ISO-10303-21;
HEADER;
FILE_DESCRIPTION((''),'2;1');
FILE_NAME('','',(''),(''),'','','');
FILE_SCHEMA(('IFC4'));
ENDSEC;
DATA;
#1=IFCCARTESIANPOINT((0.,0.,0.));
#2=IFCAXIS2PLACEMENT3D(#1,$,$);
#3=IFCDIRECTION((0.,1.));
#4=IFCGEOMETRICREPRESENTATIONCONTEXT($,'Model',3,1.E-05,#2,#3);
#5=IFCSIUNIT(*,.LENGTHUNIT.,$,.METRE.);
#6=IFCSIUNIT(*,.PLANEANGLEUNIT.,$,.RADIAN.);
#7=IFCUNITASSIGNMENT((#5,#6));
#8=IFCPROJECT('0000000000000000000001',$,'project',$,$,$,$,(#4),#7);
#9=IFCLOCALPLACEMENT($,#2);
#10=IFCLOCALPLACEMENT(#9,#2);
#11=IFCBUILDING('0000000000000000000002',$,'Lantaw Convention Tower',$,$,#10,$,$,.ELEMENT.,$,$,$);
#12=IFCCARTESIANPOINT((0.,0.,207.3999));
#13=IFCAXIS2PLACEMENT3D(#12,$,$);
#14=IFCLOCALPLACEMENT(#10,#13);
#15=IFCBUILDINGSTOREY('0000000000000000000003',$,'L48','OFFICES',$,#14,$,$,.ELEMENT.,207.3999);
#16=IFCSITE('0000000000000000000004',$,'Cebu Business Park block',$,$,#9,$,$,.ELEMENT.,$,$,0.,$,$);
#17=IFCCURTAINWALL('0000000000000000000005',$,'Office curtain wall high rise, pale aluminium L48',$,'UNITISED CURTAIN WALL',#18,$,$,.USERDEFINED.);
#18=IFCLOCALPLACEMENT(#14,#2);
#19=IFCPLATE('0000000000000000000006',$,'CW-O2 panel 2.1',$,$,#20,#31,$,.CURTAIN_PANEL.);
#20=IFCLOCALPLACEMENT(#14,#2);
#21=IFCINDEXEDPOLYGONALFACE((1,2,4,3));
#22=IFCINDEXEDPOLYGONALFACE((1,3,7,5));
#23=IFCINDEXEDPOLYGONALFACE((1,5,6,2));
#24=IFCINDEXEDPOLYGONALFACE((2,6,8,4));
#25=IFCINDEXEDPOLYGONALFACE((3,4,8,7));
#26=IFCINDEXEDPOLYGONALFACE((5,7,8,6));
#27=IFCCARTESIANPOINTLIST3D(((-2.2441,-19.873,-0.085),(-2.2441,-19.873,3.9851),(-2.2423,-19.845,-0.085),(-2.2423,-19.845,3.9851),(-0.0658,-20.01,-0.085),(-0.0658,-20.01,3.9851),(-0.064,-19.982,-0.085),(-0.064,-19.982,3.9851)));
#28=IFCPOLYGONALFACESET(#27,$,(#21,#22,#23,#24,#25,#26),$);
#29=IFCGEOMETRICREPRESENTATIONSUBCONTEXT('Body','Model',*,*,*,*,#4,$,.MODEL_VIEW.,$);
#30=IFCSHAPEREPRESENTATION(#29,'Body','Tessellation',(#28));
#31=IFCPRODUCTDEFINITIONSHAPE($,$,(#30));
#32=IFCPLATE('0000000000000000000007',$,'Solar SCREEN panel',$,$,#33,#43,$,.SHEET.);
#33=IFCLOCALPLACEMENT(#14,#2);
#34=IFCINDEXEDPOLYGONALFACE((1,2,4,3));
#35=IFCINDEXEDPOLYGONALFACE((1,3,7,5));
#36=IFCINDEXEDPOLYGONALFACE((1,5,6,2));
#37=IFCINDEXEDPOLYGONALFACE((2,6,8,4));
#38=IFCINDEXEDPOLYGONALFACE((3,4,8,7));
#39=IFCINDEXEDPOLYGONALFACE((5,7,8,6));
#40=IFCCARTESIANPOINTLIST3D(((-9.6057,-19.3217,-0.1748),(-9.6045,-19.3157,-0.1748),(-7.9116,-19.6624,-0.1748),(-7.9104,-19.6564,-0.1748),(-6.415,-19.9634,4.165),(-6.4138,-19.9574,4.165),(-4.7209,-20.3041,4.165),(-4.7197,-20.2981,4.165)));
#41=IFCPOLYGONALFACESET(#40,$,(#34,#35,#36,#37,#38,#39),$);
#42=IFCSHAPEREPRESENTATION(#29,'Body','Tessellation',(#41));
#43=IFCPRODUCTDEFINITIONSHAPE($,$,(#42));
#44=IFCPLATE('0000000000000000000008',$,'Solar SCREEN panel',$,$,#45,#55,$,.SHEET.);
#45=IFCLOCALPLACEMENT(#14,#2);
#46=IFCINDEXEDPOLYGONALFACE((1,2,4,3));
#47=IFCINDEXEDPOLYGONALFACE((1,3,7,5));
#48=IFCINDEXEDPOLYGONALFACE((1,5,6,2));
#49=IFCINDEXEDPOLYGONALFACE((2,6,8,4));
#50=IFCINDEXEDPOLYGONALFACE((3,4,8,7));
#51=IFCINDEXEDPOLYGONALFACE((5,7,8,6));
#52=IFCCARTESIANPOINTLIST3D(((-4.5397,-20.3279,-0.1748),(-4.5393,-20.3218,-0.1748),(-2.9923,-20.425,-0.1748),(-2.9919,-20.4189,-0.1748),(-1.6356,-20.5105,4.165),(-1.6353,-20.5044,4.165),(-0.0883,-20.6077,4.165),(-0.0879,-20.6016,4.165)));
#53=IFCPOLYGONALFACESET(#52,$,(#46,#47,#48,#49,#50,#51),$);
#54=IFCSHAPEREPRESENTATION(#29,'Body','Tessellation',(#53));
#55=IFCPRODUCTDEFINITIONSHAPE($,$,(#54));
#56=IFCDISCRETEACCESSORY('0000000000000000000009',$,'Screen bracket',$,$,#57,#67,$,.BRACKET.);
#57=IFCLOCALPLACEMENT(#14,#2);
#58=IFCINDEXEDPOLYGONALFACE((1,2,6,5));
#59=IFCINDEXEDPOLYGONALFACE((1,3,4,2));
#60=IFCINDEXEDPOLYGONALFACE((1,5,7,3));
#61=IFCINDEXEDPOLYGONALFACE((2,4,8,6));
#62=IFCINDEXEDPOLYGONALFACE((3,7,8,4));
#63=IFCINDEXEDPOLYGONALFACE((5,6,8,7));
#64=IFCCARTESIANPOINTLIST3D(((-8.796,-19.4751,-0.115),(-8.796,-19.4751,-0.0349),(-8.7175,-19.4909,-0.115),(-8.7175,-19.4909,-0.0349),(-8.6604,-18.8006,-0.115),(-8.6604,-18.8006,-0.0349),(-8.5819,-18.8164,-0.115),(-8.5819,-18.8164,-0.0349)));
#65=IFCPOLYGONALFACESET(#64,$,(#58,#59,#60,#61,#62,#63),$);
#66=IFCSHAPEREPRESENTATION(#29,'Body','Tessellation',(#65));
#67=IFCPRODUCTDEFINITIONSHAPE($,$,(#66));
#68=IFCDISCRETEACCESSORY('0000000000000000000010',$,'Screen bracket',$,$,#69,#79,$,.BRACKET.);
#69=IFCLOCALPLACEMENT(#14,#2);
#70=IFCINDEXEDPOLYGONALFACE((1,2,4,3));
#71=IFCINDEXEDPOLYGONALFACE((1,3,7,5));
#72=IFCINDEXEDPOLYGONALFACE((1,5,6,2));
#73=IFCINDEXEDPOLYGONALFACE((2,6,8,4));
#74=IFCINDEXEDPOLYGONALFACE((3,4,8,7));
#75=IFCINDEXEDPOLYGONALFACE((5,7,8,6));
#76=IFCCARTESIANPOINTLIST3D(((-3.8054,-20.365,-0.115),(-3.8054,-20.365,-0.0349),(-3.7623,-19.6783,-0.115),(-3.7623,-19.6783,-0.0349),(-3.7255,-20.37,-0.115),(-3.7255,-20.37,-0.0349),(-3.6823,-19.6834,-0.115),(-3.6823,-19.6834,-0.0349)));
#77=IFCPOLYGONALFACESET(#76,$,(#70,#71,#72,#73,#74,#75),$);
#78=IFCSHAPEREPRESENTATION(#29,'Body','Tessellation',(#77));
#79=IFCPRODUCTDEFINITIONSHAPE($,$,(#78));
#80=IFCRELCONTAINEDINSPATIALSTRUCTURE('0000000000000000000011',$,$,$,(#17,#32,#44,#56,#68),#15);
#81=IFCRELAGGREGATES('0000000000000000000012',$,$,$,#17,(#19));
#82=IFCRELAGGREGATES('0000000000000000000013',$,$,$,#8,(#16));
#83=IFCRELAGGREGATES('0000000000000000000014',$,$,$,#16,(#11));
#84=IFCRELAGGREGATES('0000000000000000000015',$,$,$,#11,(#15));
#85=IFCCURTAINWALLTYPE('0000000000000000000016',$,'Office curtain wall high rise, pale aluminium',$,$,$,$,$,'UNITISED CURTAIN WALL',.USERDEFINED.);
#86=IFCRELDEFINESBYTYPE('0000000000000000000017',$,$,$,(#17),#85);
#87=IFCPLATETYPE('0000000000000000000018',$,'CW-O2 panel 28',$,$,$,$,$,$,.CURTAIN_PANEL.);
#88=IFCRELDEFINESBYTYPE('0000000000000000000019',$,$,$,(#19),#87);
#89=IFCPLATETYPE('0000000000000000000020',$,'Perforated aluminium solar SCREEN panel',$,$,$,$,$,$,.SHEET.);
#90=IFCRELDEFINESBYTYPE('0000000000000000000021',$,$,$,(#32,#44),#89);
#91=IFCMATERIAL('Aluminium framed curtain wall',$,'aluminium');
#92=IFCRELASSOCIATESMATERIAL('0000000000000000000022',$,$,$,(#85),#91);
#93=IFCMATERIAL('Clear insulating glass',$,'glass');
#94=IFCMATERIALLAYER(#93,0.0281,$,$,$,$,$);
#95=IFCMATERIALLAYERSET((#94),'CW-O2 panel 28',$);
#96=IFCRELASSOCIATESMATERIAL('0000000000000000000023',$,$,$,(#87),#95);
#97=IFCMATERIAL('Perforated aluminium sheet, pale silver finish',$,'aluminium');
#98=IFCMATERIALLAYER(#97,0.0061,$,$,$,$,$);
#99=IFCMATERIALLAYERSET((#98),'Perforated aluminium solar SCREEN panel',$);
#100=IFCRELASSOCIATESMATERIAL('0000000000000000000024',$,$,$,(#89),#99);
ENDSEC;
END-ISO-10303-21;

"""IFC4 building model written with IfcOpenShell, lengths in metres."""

from ifc_helpers import new_model, si_unit, direction, frame, origin, origin_2d, place, context, subcontext, project, spatial, polyline, rectangle, outline, extrude, material, layer, layer_set, type_object, element, aggregate, save


model = new_model("IFC4")

# Units and contexts
model_context = context("Model", 3, precision=1e-05, world=origin(), true_north=direction((0.0, 1.0)))
body_context = subcontext(model_context, "Body", "Model", "MODEL_VIEW")
ifc_project = project(units=[si_unit("LENGTHUNIT", "METRE"), si_unit("PLANEANGLEUNIT", "RADIAN")], contexts=[model_context])

# Site, building, storey
site_placement = place(None, origin())
site = spatial("IfcSite", under=ifc_project, at=site_placement, Name="Cebu Business Park block", CompositionType="ELEMENT", RefElevation=0.0)
building_placement = place(site_placement, origin())
building = spatial("IfcBuilding", under=site, at=building_placement, Name="Lantaw Convention Tower", CompositionType="ELEMENT")
storey_placement = place(building_placement, frame((0.0, 0.0, 207.3999)))
storey = spatial("IfcBuildingStorey", under=building, at=storey_placement, Name="L48", Description="OFFICES", CompositionType="ELEMENT", Elevation=207.3999)

# Shared definitions
ifc_material_1 = material(Name="Aluminium framed curtain wall", Category="aluminium")
curtain_wall_type = type_object("IfcCurtainWallType", Name="Office curtain wall high rise, pale aluminium", ElementType="UNITISED CURTAIN WALL", PredefinedType="USERDEFINED", material=ifc_material_1)

# Curtain wall
curtain_wall_1_placement = place(storey_placement, origin())
curtain_wall_1 = element("IfcCurtainWall", 1, at=curtain_wall_1_placement, inside=storey, type_object=curtain_wall_type, Name="Office curtain wall high rise, pale aluminium L48", ObjectType="UNITISED CURTAIN WALL", PredefinedType="USERDEFINED")

# Plate
ifc_material_2 = material(Name="Clear insulating glass", Category="glass")
ifc_layer_1 = layer(ifc_material_2, 0.0281)
ifc_layer_set_1 = layer_set([ifc_layer_1], Name="CW-O2 panel 28")
plate_type_1 = type_object("IfcPlateType", Name="CW-O2 panel 28", PredefinedType="CURTAIN_PANEL", material=ifc_layer_set_1)
plate_1_placement = place(storey_placement, frame((-1.1541, -19.9275, -0.085), z_axis=(0.0, 0.0, 1.0), x_axis=(0.998029, -0.062758, 0.0)))
plate_1 = element("IfcPlate", 2, at=plate_1_placement, type_object=plate_type_1, Name="CW-O2 panel 2.1", PredefinedType="CURTAIN_PANEL", context=body_context, shape_type="SweptSolid", body=[
    extrude(rectangle(XDim=2.1826, YDim=0.0281, at=origin_2d()), origin(), (0.0, 0.0, 1.0), 4.0701),
])
aggregate(curtain_wall_1, [plate_1])

# Plates
ifc_material_3 = material(Name="Perforated aluminium sheet, pale silver finish", Category="aluminium")
ifc_layer_2 = layer(ifc_material_3, 0.0061)
ifc_layer_set_2 = layer_set([ifc_layer_2], Name="Perforated aluminium solar SCREEN panel")
plate_type_2 = type_object("IfcPlateType", Name="Perforated aluminium solar SCREEN panel", PredefinedType="SHEET", material=ifc_layer_set_2)
plate_2_placement = place(storey_placement, frame((-9.6045, -19.3157, -0.1748), z_axis=(0.197162, 0.980371, 0.000011), x_axis=(0.980371, -0.197162, 0.0)))
element("IfcPlate", 3, at=plate_2_placement, inside=storey, type_object=plate_type_2, Name="Solar SCREEN panel", PredefinedType="SHEET", context=body_context, shape_type="SweptSolid", body=[
    extrude(outline(polyline([(0.0, 0.0), (1.728, 0.0), (4.9826, -4.3398), (3.2545, -4.3398), (0.0, 0.0)])), origin(), (0.0, 0.0, -1.0), 0.0061),
])
plate_3_placement = place(storey_placement, frame((-4.5393, -20.3218, -0.1748), z_axis=(0.062672, 0.998034, 0.000059), x_axis=(0.998034, -0.062672, 0.0)))
element("IfcPlate", 4, at=plate_3_placement, inside=storey, type_object=plate_type_2, Name="Solar SCREEN panel", PredefinedType="SHEET", context=body_context, shape_type="SweptSolid", body=[
    extrude(outline(polyline([(0.0, 0.0), (1.5504, 0.0), (4.4602, -4.3398), (2.9098, -4.3398), (0.0, 0.0)])), origin(), (0.0, 0.0, -1.0), 0.0061),
])

# Discrete accessories
for number, where, z_axis, x_axis, name in (
    (5, (-8.689, -19.1458, -0.115), (0.0, 0.0, 1.0), (0.980367, -0.197183, 0.0), "Screen bracket"),
    (6, (-3.7439, -20.0242, -0.115), (0.0, 0.0, 1.0), (0.998029, -0.062758, 0.0), "Screen bracket"),
):
    element("IfcDiscreteAccessory", number, at=place(storey_placement, frame(where, z_axis=z_axis, x_axis=x_axis)), inside=storey, Name=name, PredefinedType="BRACKET", context=body_context, shape_type="SweptSolid", body=[
        extrude(rectangle(XDim=0.0801, YDim=0.688, at=origin_2d()), origin(), (0.0, 0.0, 1.0), 0.0801),
    ])

save(model, "model.ifc")
